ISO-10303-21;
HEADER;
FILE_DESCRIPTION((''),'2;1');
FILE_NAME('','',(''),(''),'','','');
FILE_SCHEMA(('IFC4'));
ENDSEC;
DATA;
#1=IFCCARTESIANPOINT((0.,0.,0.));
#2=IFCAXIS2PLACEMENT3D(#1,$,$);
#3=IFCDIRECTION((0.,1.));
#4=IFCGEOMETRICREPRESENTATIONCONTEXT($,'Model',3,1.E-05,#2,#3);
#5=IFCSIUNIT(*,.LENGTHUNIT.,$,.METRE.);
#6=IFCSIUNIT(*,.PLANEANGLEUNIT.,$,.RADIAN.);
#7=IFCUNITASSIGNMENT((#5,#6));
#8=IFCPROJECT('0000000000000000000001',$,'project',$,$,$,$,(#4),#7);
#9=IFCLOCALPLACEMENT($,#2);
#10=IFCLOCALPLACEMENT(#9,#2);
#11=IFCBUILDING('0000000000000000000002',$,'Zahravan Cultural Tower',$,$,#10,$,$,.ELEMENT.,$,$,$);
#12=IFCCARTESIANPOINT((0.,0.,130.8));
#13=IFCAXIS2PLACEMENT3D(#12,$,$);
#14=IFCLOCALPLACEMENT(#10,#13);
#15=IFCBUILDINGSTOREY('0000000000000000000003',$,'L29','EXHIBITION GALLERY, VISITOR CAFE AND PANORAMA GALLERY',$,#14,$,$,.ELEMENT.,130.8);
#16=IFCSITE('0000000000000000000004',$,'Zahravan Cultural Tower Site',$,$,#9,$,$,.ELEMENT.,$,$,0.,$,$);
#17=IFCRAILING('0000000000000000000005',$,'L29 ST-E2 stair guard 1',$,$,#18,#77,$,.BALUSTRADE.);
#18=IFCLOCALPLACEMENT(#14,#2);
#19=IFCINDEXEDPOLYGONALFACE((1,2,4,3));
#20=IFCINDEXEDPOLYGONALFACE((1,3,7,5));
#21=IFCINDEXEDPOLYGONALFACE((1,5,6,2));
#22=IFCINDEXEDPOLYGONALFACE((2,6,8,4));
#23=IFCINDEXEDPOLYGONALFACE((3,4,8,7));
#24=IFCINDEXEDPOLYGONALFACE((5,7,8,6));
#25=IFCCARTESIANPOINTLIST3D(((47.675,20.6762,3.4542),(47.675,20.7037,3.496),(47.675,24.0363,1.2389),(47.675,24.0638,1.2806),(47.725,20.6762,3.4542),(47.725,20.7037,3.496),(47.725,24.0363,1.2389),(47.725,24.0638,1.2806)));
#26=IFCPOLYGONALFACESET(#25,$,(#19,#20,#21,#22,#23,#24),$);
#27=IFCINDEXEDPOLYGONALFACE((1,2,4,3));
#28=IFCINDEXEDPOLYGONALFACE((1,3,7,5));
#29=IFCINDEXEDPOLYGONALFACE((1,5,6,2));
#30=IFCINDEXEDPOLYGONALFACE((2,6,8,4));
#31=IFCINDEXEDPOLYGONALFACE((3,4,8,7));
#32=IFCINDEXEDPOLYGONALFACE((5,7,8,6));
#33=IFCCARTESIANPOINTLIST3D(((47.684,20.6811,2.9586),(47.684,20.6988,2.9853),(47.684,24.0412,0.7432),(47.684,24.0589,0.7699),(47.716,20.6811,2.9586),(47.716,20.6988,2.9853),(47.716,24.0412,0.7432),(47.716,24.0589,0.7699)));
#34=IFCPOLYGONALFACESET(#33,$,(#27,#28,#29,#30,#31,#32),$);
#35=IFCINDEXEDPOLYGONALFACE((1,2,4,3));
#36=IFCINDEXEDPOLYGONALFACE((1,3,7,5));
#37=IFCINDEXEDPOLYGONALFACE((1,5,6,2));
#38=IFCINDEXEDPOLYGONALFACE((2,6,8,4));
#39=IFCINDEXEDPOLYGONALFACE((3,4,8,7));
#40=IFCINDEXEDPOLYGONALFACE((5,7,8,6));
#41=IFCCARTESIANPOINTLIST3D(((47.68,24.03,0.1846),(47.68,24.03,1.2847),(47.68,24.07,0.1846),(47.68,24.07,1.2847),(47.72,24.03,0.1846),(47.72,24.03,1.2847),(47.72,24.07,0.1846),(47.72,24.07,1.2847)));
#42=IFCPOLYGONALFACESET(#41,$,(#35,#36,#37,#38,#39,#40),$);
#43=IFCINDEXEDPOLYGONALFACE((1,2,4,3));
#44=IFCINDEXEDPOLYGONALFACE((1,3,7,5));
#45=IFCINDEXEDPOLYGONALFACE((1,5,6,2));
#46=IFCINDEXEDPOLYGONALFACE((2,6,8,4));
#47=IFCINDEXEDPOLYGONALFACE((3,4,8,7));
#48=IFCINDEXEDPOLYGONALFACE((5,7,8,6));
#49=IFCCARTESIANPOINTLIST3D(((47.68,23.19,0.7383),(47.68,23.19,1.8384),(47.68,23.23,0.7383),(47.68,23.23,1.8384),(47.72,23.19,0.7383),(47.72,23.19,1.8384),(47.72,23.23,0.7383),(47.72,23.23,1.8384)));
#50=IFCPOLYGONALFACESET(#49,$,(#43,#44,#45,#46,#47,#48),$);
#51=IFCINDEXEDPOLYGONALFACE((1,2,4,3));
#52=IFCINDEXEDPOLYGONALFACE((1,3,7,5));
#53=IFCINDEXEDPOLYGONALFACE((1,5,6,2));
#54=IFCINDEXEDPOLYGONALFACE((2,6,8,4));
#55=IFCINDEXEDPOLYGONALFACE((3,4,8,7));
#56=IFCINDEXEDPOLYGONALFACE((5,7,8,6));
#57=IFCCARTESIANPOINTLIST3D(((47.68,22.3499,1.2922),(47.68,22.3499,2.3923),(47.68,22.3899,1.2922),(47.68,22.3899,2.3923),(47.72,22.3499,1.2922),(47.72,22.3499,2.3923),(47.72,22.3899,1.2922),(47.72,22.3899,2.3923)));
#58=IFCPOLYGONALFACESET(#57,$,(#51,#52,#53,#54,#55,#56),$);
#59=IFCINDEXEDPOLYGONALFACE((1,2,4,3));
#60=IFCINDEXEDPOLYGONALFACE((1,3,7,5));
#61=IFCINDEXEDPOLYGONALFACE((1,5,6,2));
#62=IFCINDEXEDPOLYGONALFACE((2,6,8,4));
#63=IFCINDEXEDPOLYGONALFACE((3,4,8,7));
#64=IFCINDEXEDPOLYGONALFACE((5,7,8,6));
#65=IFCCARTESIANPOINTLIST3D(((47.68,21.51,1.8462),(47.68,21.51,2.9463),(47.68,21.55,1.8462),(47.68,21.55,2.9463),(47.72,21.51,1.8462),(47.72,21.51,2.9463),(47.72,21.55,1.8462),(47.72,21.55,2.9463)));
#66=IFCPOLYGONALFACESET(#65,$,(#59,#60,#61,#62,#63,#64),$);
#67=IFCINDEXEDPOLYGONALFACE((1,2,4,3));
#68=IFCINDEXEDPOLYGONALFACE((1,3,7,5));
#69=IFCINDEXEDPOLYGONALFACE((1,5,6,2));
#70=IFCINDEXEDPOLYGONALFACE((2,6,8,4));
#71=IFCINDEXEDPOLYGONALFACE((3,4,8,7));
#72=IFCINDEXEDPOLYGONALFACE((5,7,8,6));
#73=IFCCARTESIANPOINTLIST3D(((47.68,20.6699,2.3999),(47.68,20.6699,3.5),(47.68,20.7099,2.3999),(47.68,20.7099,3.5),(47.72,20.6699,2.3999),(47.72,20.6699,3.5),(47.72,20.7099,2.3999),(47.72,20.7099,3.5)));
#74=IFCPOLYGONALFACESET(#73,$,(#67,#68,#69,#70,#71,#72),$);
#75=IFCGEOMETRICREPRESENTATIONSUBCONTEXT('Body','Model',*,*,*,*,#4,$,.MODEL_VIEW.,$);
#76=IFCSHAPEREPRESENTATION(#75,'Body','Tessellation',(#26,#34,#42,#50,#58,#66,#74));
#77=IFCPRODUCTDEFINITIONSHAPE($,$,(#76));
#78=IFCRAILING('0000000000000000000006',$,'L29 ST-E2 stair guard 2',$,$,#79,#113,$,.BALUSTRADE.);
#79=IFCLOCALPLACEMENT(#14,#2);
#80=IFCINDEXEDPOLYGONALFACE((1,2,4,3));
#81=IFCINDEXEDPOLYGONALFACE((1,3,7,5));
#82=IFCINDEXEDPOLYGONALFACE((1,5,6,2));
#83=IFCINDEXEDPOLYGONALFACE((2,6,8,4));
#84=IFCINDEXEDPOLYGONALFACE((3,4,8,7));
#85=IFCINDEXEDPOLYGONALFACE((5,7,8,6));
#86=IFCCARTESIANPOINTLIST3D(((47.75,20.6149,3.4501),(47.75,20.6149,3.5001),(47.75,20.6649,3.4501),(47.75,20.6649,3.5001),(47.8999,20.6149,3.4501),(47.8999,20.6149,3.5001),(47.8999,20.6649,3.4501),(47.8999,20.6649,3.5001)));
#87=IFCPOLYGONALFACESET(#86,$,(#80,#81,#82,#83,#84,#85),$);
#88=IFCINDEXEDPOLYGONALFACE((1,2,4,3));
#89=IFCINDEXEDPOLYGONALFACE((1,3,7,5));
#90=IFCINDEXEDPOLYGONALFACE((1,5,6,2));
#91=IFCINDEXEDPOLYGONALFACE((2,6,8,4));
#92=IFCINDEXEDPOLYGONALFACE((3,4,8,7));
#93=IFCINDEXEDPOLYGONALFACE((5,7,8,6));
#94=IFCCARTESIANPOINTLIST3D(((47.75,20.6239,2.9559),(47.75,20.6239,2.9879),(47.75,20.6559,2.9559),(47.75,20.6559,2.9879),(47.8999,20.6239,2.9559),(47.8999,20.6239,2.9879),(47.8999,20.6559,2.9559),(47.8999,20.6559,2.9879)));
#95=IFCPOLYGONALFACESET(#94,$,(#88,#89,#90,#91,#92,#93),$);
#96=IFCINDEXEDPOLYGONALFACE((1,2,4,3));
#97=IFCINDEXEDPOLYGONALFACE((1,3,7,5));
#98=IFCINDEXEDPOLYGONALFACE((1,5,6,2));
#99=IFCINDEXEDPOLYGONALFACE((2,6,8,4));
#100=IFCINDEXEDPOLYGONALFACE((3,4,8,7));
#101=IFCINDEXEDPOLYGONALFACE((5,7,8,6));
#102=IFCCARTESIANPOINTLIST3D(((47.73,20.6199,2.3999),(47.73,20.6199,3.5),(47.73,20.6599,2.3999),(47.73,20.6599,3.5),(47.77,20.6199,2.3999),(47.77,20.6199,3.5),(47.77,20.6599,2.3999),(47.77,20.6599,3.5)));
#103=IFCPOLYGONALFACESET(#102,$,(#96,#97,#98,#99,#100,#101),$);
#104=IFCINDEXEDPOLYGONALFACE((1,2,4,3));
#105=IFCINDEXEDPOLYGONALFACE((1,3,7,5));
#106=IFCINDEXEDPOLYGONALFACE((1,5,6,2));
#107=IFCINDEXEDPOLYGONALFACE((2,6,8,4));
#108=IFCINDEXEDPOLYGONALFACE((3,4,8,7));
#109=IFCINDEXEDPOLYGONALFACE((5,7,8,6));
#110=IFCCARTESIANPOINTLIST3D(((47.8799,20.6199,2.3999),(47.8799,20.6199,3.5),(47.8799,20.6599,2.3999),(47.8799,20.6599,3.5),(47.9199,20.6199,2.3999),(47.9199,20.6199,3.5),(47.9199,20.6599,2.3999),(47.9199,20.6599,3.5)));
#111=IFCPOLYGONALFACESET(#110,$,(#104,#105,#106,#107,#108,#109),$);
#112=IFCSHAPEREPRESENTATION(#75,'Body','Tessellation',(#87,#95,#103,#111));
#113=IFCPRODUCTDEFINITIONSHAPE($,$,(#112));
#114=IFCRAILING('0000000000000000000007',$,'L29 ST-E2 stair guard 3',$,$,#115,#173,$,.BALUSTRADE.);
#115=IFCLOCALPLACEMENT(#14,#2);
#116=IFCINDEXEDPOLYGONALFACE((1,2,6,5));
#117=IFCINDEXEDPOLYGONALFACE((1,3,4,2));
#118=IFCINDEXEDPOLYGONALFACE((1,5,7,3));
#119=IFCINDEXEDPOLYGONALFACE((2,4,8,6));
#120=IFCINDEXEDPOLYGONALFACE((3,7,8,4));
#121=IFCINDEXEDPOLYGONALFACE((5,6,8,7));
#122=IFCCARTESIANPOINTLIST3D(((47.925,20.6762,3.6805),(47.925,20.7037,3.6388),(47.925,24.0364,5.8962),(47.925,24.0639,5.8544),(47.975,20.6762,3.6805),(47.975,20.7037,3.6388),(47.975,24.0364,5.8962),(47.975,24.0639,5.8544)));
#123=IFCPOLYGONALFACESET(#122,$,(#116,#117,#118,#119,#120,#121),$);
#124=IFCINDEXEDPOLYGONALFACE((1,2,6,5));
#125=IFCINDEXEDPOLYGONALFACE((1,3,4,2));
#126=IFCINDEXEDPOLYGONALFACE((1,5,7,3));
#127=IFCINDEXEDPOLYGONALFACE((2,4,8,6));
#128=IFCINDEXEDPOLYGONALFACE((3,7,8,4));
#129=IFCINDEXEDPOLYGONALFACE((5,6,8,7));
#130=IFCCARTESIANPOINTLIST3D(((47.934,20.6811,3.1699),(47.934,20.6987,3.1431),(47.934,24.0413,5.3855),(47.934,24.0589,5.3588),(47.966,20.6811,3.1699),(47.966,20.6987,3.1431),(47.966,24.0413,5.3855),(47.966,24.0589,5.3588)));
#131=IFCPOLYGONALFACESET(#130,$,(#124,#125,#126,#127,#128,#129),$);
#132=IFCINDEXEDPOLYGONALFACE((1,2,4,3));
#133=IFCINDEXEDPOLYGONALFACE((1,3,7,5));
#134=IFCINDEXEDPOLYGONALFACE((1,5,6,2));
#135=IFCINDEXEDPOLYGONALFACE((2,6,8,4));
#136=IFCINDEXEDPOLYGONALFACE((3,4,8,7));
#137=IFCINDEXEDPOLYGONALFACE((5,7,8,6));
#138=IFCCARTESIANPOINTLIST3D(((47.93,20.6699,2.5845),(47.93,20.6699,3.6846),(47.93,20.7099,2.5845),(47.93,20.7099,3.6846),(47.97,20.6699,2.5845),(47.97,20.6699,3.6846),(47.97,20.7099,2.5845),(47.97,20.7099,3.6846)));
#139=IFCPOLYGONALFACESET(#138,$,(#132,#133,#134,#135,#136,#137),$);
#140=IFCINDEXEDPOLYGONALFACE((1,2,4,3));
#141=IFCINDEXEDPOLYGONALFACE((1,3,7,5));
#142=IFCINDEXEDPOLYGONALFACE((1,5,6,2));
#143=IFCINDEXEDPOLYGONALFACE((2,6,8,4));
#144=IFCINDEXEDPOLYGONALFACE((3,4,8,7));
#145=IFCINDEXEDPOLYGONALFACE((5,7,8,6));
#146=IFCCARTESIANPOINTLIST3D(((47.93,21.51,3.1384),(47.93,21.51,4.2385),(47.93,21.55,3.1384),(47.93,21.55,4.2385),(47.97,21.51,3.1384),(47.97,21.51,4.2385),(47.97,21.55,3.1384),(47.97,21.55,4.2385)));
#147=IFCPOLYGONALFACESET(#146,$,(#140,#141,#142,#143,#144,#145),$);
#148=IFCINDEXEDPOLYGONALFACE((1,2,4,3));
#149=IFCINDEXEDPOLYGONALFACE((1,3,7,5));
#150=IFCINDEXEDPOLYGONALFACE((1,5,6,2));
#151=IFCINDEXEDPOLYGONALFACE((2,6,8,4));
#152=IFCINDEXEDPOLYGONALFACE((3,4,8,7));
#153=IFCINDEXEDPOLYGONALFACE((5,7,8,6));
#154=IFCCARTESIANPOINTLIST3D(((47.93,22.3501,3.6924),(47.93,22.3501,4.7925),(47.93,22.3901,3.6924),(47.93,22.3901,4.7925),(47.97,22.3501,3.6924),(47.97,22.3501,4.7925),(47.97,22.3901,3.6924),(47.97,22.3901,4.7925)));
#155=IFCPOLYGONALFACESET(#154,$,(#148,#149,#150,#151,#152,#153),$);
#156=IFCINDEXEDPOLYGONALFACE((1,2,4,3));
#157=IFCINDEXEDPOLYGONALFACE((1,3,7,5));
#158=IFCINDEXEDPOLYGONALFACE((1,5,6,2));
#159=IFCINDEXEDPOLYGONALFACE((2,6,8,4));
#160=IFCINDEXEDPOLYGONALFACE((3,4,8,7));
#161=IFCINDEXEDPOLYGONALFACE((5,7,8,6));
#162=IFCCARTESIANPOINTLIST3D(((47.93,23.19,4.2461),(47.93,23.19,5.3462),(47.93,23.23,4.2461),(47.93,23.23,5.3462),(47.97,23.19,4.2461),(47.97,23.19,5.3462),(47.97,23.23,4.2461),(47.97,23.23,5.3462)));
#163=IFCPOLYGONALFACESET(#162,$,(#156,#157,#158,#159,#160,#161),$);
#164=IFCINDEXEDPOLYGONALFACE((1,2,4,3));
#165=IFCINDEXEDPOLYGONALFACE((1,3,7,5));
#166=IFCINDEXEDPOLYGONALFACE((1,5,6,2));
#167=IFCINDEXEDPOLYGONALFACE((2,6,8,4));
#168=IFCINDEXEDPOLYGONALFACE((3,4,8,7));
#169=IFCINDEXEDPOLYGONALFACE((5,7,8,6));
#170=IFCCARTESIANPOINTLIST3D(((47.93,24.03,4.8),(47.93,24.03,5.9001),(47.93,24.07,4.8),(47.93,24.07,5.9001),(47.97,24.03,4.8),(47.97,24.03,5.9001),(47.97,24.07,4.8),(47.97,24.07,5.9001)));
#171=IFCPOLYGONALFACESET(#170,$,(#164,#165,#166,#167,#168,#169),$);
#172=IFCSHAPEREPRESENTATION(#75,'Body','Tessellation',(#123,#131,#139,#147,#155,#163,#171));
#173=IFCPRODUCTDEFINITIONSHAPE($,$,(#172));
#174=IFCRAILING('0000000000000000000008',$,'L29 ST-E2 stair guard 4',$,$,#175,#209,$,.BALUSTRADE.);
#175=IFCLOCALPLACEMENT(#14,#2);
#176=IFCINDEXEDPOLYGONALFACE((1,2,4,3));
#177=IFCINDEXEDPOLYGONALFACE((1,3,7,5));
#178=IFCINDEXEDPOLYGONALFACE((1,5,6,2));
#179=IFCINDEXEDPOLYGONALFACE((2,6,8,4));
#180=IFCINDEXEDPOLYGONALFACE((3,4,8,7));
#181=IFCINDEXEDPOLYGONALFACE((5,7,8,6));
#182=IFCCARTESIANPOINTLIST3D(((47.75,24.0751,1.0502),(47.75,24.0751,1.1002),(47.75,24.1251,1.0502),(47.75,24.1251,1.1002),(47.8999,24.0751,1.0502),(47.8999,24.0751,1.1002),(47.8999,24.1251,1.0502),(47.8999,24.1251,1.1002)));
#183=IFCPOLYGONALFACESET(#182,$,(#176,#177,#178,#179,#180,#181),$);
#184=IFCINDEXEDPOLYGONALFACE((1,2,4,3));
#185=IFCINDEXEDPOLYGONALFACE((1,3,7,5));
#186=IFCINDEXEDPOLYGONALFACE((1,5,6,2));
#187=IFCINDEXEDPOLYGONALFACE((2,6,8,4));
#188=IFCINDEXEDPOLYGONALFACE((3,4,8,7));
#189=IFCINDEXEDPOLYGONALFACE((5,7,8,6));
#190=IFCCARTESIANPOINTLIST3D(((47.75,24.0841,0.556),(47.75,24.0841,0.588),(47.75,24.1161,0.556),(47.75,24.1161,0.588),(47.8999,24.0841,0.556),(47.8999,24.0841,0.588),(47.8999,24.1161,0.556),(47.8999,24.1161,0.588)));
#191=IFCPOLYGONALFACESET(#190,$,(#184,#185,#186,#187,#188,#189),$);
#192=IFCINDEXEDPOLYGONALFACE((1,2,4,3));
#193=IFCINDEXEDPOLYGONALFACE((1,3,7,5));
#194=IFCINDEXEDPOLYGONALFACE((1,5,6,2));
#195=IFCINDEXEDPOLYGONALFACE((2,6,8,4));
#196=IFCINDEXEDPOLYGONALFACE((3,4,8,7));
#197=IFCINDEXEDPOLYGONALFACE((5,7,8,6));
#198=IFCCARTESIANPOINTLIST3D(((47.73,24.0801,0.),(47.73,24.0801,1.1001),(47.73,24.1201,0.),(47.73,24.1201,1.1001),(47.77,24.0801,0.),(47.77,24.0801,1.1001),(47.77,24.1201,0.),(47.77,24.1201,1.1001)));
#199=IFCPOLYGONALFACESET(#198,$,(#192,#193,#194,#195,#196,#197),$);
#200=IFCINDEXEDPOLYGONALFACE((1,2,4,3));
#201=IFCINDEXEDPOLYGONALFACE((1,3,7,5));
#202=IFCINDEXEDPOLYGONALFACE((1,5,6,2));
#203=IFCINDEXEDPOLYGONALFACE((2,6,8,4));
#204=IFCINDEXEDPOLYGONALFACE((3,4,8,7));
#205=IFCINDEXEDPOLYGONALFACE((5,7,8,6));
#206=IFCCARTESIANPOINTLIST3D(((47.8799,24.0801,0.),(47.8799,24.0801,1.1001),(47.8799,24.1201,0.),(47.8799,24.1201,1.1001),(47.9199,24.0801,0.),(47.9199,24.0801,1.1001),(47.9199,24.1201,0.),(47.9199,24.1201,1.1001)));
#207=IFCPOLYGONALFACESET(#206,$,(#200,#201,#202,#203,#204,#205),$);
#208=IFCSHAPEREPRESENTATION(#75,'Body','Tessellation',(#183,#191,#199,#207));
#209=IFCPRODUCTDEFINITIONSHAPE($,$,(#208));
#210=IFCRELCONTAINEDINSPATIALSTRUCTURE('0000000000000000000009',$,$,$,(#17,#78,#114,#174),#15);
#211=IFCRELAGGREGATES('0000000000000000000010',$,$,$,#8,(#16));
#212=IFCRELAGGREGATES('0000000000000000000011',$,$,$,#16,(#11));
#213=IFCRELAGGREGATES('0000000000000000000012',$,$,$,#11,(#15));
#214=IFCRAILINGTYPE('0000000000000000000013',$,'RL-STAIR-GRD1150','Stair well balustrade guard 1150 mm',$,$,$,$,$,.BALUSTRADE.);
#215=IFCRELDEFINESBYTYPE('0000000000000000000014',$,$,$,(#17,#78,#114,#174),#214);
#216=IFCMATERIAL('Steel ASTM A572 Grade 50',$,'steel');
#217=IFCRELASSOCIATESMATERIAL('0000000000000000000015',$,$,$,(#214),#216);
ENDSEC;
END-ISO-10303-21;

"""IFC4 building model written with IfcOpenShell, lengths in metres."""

from ifc_helpers import new_model, si_unit, direction, frame, origin, origin_2d, place, context, subcontext, project, spatial, rectangle, extrude, material, type_object, element, save


model = new_model("IFC4")

# Units and contexts
model_context = context("Model", 3, precision=1e-05, world=origin(), true_north=direction((0.0, 1.0)))
body_context = subcontext(model_context, "Body", "Model", "MODEL_VIEW")
ifc_project = project(units=[si_unit("LENGTHUNIT", "METRE"), si_unit("PLANEANGLEUNIT", "RADIAN")], contexts=[model_context])

# Site, building, storey
site_placement = place(None, origin())
site = spatial("IfcSite", under=ifc_project, at=site_placement, Name="Zahravan Cultural Tower Site", CompositionType="ELEMENT", RefElevation=0.0)
building_placement = place(site_placement, origin())
building = spatial("IfcBuilding", under=site, at=building_placement, Name="Zahravan Cultural Tower", CompositionType="ELEMENT")
storey_placement = place(building_placement, frame((0.0, 0.0, 130.8)))
storey = spatial("IfcBuildingStorey", under=building, at=storey_placement, Name="L29", Description="EXHIBITION GALLERY, VISITOR CAFE AND PANORAMA GALLERY", CompositionType="ELEMENT", Elevation=130.8)

# Shared definitions
ifc_material_1 = material(Name="Steel ASTM A572 Grade 50", Category="steel")

# Railings
railing_type_1 = type_object("IfcRailingType", Name="RL-STAIR-GRD1150", Description="Stair well balustrade guard 1150 mm", PredefinedType="BALUSTRADE", material=ifc_material_1)
railing_1_placement = place(storey_placement, frame((47.7, 24.05, 0.1846)))
element("IfcRailing", 1, at=railing_1_placement, inside=storey, type_object=railing_type_1, Name="L29 ST-E2 stair guard 1", PredefinedType="BALUSTRADE", context=body_context, shape_type="SweptSolid", body=[
    extrude(rectangle(XDim=0.05, YDim=0.05, at=origin_2d()), frame((0.0, 0.0, 1.0752), z_axis=(0.0, -0.834876, 0.550437), x_axis=(1.0, 0.0, 0.0)), (0.0, 0.0, 1.0), 4.0247),
    extrude(rectangle(XDim=0.032, YDim=0.032, at=origin_2d()), frame((0.0, 0.0, 0.572), z_axis=(0.0, -0.834876, 0.550437), x_axis=(1.0, 0.0, 0.0)), (0.0, 0.0, 1.0), 4.0247),
    extrude(rectangle(XDim=0.04, YDim=0.04, at=origin_2d()), origin(), (0.0, 0.0, 1.0), 1.1001),
    extrude(rectangle(XDim=0.04, YDim=0.04, at=origin_2d()), frame((0.0, -0.8401, 0.5537)), (0.0, 0.0, 1.0), 1.1001),
    extrude(rectangle(XDim=0.04, YDim=0.04, at=origin_2d()), frame((0.0, -1.6802, 1.1077)), (0.0, 0.0, 1.0), 1.1001),
    extrude(rectangle(XDim=0.04, YDim=0.04, at=origin_2d()), frame((0.0, -2.52, 1.6616)), (0.0, 0.0, 1.0), 1.1001),
    extrude(rectangle(XDim=0.04, YDim=0.04, at=origin_2d()), frame((0.0, -3.3601, 2.2153)), (0.0, 0.0, 1.0), 1.1001),
])
railing_2_placement = place(storey_placement, frame((47.75, 20.6399, 2.3999)))
element("IfcRailing", 2, at=railing_2_placement, inside=storey, type_object=railing_type_1, Name="L29 ST-E2 stair guard 2", PredefinedType="BALUSTRADE", context=body_context, shape_type="SweptSolid", body=[
    extrude(rectangle(XDim=0.05, YDim=0.05, at=origin_2d()), frame((0.0, 0.0, 1.0752), z_axis=(1.0, 0.0, 0.0), x_axis=(0.0, 1.0, 0.0)), (0.0, 0.0, 1.0), 0.1499),
    extrude(rectangle(XDim=0.032, YDim=0.032, at=origin_2d()), frame((0.0, 0.0, 0.572), z_axis=(1.0, 0.0, 0.0), x_axis=(0.0, 1.0, 0.0)), (0.0, 0.0, 1.0), 0.1499),
    extrude(rectangle(XDim=0.04, YDim=0.04, at=origin_2d()), origin(), (0.0, 0.0, 1.0), 1.1001),
    extrude(rectangle(XDim=0.04, YDim=0.04, at=origin_2d()), frame((0.1499, 0.0, 0.0)), (0.0, 0.0, 1.0), 1.1001),
])
railing_3_placement = place(storey_placement, frame((47.95, 20.6899, 2.5845)))
element("IfcRailing", 3, at=railing_3_placement, inside=storey, type_object=railing_type_1, Name="L29 ST-E2 stair guard 3", PredefinedType="BALUSTRADE", context=body_context, shape_type="SweptSolid", body=[
    extrude(rectangle(XDim=0.05, YDim=0.05, at=origin_2d()), frame((0.0, 0.0, 1.0752), z_axis=(0.0, 0.834849, 0.55048), x_axis=(-1.0, 0.0, 0.0)), (0.0, 0.0, 1.0), 4.0249),
    extrude(rectangle(XDim=0.032, YDim=0.032, at=origin_2d()), frame((0.0, 0.0, 0.572), z_axis=(0.0, 0.834849, 0.55048), x_axis=(-1.0, 0.0, 0.0)), (0.0, 0.0, 1.0), 4.0249),
    extrude(rectangle(XDim=0.04, YDim=0.04, at=origin_2d()), origin(), (0.0, 0.0, 1.0), 1.1001),
    extrude(rectangle(XDim=0.04, YDim=0.04, at=origin_2d()), frame((0.0, 0.8401, 0.554)), (0.0, 0.0, 1.0), 1.1001),
    extrude(rectangle(XDim=0.04, YDim=0.04, at=origin_2d()), frame((0.0, 1.6802, 1.1079)), (0.0, 0.0, 1.0), 1.1001),
    extrude(rectangle(XDim=0.04, YDim=0.04, at=origin_2d()), frame((0.0, 2.52, 1.6616)), (0.0, 0.0, 1.0), 1.1001),
    extrude(rectangle(XDim=0.04, YDim=0.04, at=origin_2d()), frame((0.0, 3.3601, 2.2156)), (0.0, 0.0, 1.0), 1.1001),
])
railing_4_placement = place(storey_placement, frame((47.75, 24.1001, 0.0)))
element("IfcRailing", 4, at=railing_4_placement, inside=storey, type_object=railing_type_1, Name="L29 ST-E2 stair guard 4", PredefinedType="BALUSTRADE", context=body_context, shape_type="SweptSolid", body=[
    extrude(rectangle(XDim=0.05, YDim=0.05, at=origin_2d()), frame((0.0, 0.0, 1.0752), z_axis=(1.0, 0.0, 0.0), x_axis=(0.0, 1.0, 0.0)), (0.0, 0.0, 1.0), 0.1499),
    extrude(rectangle(XDim=0.032, YDim=0.032, at=origin_2d()), frame((0.0, 0.0, 0.572), z_axis=(1.0, 0.0, 0.0), x_axis=(0.0, 1.0, 0.0)), (0.0, 0.0, 1.0), 0.1499),
    extrude(rectangle(XDim=0.04, YDim=0.04, at=origin_2d()), origin(), (0.0, 0.0, 1.0), 1.1001),
    extrude(rectangle(XDim=0.04, YDim=0.04, at=origin_2d()), frame((0.1499, 0.0, 0.0)), (0.0, 0.0, 1.0), 1.1001),
])

save(model, "model.ifc")
